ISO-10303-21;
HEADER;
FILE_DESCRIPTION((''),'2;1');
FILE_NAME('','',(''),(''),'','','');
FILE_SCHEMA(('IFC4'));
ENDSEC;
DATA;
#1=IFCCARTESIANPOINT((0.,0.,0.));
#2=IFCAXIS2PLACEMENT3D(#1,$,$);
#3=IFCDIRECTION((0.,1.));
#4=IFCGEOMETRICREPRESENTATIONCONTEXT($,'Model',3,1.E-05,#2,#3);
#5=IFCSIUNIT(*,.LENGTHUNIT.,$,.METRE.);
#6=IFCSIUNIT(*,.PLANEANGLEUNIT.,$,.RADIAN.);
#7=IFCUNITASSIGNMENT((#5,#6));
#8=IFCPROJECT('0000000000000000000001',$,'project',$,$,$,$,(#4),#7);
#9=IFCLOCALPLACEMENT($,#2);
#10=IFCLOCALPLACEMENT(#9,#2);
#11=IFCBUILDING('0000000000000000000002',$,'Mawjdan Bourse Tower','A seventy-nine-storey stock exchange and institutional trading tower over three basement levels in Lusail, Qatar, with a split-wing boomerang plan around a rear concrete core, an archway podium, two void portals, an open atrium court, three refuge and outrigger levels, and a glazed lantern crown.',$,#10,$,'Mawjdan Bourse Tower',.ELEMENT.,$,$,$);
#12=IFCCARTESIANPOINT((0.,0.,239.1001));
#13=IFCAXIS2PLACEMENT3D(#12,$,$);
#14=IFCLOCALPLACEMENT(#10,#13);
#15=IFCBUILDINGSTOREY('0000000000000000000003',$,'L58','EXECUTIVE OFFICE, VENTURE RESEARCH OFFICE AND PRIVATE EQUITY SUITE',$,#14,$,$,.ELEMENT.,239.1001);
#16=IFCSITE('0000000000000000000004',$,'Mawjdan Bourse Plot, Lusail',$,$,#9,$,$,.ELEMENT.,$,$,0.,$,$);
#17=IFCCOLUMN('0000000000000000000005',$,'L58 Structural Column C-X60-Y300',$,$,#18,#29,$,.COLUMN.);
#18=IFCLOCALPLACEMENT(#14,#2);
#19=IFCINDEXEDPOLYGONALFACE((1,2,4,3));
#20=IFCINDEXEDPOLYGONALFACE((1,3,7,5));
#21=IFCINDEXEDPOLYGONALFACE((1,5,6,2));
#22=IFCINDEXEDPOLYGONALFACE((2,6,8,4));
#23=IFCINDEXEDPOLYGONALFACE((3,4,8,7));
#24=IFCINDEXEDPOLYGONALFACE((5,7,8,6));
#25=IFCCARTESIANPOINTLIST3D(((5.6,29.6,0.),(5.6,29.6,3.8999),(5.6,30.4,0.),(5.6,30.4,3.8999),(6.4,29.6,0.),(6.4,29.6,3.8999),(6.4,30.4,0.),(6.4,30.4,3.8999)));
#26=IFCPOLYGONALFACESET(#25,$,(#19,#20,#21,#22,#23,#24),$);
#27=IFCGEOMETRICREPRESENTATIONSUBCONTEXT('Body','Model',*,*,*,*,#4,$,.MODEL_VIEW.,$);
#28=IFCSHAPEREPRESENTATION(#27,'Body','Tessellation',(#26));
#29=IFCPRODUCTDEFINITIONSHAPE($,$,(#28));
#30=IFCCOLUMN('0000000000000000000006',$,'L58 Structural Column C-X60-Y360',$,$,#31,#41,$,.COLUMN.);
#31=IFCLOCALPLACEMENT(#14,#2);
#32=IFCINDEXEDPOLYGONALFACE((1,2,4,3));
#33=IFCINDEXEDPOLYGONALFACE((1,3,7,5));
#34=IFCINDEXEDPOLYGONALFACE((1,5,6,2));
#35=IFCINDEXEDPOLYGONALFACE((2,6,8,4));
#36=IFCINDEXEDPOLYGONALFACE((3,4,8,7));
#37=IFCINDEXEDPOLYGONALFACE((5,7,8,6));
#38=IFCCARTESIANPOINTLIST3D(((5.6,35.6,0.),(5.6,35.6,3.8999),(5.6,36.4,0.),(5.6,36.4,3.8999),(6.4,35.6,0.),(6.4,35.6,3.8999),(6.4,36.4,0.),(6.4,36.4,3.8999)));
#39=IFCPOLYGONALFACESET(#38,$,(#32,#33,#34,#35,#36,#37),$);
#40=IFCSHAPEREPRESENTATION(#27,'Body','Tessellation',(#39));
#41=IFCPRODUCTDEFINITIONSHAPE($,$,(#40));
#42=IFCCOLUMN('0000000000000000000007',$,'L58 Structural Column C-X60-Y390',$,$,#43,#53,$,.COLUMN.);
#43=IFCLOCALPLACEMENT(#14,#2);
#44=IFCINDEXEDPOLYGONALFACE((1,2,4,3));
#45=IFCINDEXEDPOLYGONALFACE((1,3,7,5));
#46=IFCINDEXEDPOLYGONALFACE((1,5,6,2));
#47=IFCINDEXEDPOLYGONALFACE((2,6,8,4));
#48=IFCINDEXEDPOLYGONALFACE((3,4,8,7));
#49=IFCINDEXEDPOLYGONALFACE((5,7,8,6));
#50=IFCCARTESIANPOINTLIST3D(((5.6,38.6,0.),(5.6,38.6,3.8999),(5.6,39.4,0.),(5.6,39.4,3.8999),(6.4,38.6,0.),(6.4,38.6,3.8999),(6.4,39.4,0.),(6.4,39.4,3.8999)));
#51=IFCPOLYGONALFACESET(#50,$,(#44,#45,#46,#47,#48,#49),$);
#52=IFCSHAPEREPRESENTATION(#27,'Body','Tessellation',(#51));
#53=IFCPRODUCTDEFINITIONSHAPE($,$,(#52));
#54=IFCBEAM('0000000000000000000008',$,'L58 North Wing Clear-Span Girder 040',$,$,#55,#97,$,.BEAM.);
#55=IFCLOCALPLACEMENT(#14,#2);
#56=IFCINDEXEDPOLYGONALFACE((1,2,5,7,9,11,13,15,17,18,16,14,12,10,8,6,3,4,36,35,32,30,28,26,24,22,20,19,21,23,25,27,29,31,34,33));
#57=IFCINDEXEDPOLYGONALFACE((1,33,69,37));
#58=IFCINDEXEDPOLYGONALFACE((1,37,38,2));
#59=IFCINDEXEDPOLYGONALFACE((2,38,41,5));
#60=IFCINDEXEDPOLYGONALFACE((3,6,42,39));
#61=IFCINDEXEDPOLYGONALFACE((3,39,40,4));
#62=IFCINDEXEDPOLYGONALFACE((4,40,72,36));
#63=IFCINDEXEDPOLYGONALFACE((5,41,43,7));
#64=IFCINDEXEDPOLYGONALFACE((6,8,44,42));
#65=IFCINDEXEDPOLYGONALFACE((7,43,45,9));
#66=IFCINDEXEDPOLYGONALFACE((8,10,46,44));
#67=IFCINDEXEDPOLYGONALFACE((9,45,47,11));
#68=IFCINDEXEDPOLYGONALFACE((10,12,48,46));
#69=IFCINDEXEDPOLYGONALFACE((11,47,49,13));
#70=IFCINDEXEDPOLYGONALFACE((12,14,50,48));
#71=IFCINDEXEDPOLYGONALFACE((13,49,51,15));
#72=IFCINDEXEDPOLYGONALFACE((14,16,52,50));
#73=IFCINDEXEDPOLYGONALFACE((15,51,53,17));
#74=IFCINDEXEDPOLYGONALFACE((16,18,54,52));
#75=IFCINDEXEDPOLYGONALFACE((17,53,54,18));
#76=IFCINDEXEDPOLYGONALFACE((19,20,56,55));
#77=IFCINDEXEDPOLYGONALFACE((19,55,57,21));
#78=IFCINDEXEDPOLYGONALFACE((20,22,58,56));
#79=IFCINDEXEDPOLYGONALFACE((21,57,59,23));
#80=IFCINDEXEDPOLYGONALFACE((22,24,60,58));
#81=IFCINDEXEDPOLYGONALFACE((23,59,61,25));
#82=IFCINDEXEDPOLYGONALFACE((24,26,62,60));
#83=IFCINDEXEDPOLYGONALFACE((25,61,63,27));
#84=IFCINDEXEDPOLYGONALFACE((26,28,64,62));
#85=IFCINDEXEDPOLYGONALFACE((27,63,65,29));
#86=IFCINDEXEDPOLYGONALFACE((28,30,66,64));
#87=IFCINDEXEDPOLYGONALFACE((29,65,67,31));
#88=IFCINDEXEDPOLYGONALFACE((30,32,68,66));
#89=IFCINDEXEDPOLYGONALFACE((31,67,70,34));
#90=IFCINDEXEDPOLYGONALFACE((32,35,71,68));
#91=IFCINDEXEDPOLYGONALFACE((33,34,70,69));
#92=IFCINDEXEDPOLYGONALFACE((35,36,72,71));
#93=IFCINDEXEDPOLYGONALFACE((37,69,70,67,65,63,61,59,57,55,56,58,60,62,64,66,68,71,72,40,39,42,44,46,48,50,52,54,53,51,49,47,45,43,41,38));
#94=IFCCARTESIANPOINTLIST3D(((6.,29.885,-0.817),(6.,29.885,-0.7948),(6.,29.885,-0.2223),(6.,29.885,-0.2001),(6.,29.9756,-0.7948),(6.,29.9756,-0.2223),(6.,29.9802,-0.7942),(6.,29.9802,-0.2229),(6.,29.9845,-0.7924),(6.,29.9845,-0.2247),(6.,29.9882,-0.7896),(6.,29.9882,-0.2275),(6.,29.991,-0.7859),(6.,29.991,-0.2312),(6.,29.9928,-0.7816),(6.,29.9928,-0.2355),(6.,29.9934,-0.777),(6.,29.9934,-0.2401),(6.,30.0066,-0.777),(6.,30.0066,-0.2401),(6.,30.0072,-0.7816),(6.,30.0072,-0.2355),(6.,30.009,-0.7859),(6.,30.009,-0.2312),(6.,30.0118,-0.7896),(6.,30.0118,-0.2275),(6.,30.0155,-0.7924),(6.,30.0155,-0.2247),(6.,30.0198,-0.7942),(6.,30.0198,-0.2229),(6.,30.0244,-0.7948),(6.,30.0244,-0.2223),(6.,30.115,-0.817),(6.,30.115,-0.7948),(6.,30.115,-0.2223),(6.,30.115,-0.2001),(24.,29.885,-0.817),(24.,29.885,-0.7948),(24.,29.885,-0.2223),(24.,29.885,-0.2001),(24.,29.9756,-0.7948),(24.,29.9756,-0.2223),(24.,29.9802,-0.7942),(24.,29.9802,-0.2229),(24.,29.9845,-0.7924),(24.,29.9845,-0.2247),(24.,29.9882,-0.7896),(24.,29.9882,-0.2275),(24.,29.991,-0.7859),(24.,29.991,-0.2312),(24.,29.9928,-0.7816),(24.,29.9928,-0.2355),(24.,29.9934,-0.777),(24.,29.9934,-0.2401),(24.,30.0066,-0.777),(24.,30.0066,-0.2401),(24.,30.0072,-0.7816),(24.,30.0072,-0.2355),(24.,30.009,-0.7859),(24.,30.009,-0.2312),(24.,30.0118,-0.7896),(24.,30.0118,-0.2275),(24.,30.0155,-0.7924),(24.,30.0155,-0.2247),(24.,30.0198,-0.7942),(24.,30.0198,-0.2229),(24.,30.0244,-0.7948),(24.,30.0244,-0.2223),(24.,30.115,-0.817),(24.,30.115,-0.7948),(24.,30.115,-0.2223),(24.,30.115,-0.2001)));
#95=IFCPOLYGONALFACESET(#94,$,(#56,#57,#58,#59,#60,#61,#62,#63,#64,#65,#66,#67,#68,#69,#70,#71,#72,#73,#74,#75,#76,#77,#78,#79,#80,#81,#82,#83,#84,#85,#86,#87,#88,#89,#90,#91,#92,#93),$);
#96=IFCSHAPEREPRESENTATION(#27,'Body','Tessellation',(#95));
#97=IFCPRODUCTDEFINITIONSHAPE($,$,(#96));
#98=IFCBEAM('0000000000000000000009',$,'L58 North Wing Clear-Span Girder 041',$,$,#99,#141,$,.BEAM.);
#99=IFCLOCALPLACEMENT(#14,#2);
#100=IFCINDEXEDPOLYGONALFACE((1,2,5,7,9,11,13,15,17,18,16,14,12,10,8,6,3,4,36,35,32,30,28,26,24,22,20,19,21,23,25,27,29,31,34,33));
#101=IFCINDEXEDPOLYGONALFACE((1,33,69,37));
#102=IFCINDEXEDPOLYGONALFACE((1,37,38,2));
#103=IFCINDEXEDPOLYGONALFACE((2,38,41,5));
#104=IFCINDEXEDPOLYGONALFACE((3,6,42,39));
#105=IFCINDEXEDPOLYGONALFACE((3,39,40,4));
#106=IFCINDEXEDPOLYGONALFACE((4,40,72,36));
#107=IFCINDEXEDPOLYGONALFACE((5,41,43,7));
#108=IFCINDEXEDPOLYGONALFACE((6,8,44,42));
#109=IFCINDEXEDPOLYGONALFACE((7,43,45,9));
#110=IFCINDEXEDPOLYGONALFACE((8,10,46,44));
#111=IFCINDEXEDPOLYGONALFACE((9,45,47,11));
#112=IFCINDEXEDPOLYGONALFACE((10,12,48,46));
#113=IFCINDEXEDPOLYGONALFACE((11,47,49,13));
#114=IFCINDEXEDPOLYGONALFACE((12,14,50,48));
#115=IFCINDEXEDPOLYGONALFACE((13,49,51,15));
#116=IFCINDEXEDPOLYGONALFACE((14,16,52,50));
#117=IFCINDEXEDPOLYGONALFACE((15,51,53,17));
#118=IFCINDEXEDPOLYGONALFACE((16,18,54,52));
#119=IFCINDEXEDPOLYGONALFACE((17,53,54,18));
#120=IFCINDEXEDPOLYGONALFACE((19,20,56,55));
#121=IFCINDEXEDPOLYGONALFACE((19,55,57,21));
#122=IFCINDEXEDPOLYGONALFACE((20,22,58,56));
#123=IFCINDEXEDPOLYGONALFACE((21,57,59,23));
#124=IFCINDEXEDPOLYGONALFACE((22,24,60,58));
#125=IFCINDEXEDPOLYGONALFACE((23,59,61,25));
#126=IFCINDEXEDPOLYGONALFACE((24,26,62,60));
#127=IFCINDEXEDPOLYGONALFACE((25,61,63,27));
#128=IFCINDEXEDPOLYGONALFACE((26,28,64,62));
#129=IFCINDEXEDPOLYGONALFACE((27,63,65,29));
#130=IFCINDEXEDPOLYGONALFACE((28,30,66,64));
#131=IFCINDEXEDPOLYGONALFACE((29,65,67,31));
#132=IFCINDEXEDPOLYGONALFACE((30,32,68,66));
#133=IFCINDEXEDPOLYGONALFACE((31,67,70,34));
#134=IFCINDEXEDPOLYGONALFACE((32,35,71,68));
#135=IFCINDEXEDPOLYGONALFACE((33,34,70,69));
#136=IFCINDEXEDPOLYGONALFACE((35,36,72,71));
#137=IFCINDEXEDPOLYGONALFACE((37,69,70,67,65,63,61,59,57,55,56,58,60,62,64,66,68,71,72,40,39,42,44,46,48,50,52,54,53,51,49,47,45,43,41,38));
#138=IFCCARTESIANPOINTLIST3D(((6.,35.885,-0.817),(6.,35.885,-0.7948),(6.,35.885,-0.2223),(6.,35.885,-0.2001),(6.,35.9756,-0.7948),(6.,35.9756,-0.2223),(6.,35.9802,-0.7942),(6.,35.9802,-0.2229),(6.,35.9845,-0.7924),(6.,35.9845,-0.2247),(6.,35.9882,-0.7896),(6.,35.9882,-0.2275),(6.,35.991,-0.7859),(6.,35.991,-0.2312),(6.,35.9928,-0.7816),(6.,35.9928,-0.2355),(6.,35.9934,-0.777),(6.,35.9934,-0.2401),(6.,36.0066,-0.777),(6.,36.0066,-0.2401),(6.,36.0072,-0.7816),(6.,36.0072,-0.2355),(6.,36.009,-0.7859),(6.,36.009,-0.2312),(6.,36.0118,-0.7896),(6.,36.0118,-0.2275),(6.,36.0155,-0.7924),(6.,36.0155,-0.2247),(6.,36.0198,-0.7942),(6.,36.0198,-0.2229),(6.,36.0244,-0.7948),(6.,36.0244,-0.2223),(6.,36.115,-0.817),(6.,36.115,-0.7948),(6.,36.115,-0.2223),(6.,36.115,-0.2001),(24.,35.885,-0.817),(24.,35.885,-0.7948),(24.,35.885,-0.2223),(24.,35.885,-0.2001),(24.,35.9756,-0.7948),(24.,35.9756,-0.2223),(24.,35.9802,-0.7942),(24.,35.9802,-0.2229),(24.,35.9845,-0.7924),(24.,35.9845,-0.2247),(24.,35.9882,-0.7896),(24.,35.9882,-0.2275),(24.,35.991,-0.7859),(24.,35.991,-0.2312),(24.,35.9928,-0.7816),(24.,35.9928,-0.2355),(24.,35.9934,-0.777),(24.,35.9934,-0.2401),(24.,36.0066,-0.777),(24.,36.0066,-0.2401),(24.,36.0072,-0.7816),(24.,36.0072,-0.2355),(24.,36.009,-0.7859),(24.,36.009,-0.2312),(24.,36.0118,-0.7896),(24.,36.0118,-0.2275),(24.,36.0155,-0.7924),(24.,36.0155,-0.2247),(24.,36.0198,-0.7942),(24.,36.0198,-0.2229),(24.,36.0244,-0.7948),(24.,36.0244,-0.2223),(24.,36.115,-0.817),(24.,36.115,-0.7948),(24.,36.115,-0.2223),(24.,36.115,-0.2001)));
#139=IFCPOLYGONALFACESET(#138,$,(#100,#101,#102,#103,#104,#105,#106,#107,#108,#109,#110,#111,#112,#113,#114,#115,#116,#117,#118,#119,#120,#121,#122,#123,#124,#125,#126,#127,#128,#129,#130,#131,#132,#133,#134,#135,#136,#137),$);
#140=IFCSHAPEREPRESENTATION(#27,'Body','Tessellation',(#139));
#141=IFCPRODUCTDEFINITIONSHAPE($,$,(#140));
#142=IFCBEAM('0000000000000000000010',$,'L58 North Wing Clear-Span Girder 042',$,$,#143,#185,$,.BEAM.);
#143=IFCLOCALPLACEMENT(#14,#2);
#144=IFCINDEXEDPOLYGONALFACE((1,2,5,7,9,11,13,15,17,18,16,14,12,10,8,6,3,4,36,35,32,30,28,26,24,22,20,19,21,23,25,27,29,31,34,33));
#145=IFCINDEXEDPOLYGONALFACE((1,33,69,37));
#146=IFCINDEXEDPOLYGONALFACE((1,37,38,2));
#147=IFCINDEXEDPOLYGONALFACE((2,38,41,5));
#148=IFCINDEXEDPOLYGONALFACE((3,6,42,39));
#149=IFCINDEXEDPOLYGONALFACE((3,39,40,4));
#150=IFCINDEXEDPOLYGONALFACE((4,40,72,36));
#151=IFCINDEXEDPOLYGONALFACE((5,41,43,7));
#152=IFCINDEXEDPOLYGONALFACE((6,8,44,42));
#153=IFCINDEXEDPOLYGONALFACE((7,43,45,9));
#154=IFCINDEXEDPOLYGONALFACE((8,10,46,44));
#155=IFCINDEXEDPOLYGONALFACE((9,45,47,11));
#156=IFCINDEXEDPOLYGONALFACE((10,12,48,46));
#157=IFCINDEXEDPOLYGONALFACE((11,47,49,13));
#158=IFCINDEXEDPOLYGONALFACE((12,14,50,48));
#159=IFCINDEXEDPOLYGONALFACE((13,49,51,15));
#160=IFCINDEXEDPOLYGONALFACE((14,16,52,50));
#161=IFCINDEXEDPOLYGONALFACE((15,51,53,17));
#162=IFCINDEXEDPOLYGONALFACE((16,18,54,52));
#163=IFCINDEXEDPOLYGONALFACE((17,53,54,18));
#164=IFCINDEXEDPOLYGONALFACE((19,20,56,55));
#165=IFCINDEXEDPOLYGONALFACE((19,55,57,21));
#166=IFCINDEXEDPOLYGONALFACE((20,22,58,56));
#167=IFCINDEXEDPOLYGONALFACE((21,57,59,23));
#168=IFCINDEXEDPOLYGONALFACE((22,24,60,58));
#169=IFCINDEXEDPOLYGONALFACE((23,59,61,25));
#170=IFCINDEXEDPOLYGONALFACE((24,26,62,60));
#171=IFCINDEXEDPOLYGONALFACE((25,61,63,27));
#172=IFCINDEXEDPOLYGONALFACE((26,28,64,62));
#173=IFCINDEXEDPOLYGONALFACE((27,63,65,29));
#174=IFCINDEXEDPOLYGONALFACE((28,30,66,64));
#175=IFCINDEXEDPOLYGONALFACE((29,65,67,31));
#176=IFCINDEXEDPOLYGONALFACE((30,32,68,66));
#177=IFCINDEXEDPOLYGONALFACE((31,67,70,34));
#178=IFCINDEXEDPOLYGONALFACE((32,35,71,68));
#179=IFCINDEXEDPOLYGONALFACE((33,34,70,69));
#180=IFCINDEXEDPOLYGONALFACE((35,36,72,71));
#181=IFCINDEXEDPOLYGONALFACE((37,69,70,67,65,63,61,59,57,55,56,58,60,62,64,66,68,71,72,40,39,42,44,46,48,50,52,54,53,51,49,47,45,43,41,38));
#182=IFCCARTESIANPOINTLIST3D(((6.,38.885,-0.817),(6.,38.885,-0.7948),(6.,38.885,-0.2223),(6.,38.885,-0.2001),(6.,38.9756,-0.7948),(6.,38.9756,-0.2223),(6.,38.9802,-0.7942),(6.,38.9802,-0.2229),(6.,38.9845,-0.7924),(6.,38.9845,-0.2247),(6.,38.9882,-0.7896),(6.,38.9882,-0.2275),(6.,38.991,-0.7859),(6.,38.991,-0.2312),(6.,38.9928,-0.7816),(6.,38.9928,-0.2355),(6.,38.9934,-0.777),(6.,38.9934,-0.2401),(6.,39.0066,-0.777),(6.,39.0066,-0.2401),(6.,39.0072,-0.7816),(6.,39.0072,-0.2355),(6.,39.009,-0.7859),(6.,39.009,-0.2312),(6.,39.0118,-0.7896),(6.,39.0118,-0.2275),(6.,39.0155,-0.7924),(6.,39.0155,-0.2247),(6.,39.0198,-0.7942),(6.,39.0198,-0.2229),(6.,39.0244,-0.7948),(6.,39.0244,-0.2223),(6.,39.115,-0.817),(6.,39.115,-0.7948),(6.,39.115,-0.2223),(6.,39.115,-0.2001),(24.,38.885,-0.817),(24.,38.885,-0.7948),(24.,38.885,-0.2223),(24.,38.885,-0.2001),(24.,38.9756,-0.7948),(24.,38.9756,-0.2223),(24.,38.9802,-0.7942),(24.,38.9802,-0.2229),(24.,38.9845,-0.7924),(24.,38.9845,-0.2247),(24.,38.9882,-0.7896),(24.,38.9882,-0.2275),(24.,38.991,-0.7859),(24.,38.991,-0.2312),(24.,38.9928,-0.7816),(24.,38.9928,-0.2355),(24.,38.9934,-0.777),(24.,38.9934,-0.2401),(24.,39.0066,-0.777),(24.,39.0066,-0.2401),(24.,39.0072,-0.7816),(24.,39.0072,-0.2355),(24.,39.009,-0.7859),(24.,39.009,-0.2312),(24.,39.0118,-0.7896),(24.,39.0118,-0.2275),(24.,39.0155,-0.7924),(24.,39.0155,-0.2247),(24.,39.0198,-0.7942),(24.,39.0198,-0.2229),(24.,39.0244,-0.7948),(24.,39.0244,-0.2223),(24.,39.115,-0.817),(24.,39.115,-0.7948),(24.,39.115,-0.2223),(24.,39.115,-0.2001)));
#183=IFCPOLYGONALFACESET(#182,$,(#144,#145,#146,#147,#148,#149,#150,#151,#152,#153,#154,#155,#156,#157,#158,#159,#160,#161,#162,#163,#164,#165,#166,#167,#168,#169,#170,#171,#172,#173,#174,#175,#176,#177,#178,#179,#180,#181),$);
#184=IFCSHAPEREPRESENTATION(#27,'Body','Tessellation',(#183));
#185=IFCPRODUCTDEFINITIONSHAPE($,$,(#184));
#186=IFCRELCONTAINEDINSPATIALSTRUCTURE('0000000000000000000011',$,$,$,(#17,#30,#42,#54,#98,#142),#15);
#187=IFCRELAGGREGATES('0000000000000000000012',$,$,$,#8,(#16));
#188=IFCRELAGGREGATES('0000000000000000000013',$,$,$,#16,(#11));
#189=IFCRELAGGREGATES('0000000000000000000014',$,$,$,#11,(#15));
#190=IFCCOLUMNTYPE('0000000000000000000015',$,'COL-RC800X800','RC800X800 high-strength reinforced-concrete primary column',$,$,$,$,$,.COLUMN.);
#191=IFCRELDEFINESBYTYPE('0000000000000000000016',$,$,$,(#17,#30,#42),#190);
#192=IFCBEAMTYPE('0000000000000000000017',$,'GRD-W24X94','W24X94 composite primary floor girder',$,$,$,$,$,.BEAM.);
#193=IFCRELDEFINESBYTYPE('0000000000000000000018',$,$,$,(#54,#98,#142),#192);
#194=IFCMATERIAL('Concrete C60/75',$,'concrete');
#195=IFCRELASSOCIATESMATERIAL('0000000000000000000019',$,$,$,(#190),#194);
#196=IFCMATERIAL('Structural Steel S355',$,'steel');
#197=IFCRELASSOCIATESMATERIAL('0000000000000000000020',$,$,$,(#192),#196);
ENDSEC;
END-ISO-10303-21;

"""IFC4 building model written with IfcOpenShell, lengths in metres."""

from ifc_helpers import new_model, si_unit, direction, frame, origin, origin_2d, place, context, subcontext, project, spatial, rectangle, i_section, extrude, material, material_profile, profile_set, type_object, element, save


model = new_model("IFC4")

# Units and contexts
model_context = context("Model", 3, precision=1e-05, world=origin(), true_north=direction((0.0, 1.0)))
body_context = subcontext(model_context, "Body", "Model", "MODEL_VIEW")
ifc_project = project(units=[si_unit("LENGTHUNIT", "METRE"), si_unit("PLANEANGLEUNIT", "RADIAN")], contexts=[model_context])

# Site, building, storey
site_placement = place(None, origin())
site = spatial("IfcSite", under=ifc_project, at=site_placement, Name="Mawjdan Bourse Plot, Lusail", CompositionType="ELEMENT", RefElevation=0.0)
building_placement = place(site_placement, origin())
building = spatial("IfcBuilding", under=site, at=building_placement, Name="Mawjdan Bourse Tower", Description="A seventy-nine-storey stock exchange and institutional trading tower over three basement levels in Lusail, Qatar, with a split-wing boomerang plan around a rear concrete core, an archway podium, two void portals, an open atrium court, three refuge and outrigger levels, and a glazed lantern crown.", LongName="Mawjdan Bourse Tower", CompositionType="ELEMENT")
storey_placement = place(building_placement, frame((0.0, 0.0, 239.1001)))
storey = spatial("IfcBuildingStorey", under=building, at=storey_placement, Name="L58", Description="EXECUTIVE OFFICE, VENTURE RESEARCH OFFICE AND PRIVATE EQUITY SUITE", CompositionType="ELEMENT", Elevation=239.1001)

# Columns
ifc_material_1 = material(Name="Concrete C60/75", Category="concrete")
ifc_material_profile_1 = material_profile(ifc_material_1, rectangle(XDim=0.8, YDim=0.8, at=origin_2d()), Name="RC800X800")
ifc_profile_set_1 = profile_set([ifc_material_profile_1], Name="Concrete C60/75")
column_type = type_object("IfcColumnType", Name="COL-RC800X800", Description="RC800X800 high-strength reinforced-concrete primary column", PredefinedType="COLUMN", material=ifc_profile_set_1)
for number, where, z_axis, x_axis, name in (
    (1, (6.0, 30.0, 0.0), (0.0, 0.0, 1.0), (1.0, 0.0, 0.0), "L58 Structural Column C-X60-Y300"),
    (2, (6.0, 36.0, 0.0), (0.0, 0.0, 1.0), (1.0, 0.0, 0.0), "L58 Structural Column C-X60-Y360"),
    (3, (6.0, 39.0, 0.0), (0.0, 0.0, 1.0), (1.0, 0.0, 0.0), "L58 Structural Column C-X60-Y390"),
):
    element("IfcColumn", number, at=place(storey_placement, frame(where, z_axis=z_axis, x_axis=x_axis)), inside=storey, type_object=column_type, Name=name, PredefinedType="COLUMN", context=body_context, shape_type="SweptSolid", body=[
        extrude(rectangle(XDim=0.8, YDim=0.8, at=origin_2d()), origin(), (0.0, 0.0, 1.0), 3.8999),
    ])

# Beams
ifc_material_2 = material(Name="Structural Steel S355", Category="steel")
ifc_material_profile_2 = material_profile(ifc_material_2, i_section(OverallWidth=0.23, OverallDepth=0.6169, WebThickness=0.0132, FlangeThickness=0.0222, FilletRadius=0.0178, at=origin_2d()), Name="W24X94")
ifc_profile_set_2 = profile_set([ifc_material_profile_2], Name="Structural Steel S355")
beam_type_1 = type_object("IfcBeamType", Name="GRD-W24X94", Description="W24X94 composite primary floor girder", PredefinedType="BEAM", material=ifc_profile_set_2)
for number, where, z_axis, x_axis, name in (
    (4, (6.0, 30.0, -0.5085), (1.0, 0.0, 0.0), (0.0, 1.0, 0.0), "L58 North Wing Clear-Span Girder 040"),
    (5, (6.0, 36.0, -0.5085), (1.0, 0.0, 0.0), (0.0, 1.0, 0.0), "L58 North Wing Clear-Span Girder 041"),
    (6, (6.0, 39.0, -0.5085), (1.0, 0.0, 0.0), (0.0, 1.0, 0.0), "L58 North Wing Clear-Span Girder 042"),
):
    element("IfcBeam", number, at=place(storey_placement, frame(where, z_axis=z_axis, x_axis=x_axis)), inside=storey, type_object=beam_type_1, Name=name, PredefinedType="BEAM", context=body_context, shape_type="SweptSolid", body=[
        extrude(i_section(OverallWidth=0.23, OverallDepth=0.6169, WebThickness=0.0132, FlangeThickness=0.0222, FilletRadius=0.0178, at=origin_2d()), origin(), (0.0, 0.0, 1.0), 18.0),
    ])

save(model, "model.ifc")
